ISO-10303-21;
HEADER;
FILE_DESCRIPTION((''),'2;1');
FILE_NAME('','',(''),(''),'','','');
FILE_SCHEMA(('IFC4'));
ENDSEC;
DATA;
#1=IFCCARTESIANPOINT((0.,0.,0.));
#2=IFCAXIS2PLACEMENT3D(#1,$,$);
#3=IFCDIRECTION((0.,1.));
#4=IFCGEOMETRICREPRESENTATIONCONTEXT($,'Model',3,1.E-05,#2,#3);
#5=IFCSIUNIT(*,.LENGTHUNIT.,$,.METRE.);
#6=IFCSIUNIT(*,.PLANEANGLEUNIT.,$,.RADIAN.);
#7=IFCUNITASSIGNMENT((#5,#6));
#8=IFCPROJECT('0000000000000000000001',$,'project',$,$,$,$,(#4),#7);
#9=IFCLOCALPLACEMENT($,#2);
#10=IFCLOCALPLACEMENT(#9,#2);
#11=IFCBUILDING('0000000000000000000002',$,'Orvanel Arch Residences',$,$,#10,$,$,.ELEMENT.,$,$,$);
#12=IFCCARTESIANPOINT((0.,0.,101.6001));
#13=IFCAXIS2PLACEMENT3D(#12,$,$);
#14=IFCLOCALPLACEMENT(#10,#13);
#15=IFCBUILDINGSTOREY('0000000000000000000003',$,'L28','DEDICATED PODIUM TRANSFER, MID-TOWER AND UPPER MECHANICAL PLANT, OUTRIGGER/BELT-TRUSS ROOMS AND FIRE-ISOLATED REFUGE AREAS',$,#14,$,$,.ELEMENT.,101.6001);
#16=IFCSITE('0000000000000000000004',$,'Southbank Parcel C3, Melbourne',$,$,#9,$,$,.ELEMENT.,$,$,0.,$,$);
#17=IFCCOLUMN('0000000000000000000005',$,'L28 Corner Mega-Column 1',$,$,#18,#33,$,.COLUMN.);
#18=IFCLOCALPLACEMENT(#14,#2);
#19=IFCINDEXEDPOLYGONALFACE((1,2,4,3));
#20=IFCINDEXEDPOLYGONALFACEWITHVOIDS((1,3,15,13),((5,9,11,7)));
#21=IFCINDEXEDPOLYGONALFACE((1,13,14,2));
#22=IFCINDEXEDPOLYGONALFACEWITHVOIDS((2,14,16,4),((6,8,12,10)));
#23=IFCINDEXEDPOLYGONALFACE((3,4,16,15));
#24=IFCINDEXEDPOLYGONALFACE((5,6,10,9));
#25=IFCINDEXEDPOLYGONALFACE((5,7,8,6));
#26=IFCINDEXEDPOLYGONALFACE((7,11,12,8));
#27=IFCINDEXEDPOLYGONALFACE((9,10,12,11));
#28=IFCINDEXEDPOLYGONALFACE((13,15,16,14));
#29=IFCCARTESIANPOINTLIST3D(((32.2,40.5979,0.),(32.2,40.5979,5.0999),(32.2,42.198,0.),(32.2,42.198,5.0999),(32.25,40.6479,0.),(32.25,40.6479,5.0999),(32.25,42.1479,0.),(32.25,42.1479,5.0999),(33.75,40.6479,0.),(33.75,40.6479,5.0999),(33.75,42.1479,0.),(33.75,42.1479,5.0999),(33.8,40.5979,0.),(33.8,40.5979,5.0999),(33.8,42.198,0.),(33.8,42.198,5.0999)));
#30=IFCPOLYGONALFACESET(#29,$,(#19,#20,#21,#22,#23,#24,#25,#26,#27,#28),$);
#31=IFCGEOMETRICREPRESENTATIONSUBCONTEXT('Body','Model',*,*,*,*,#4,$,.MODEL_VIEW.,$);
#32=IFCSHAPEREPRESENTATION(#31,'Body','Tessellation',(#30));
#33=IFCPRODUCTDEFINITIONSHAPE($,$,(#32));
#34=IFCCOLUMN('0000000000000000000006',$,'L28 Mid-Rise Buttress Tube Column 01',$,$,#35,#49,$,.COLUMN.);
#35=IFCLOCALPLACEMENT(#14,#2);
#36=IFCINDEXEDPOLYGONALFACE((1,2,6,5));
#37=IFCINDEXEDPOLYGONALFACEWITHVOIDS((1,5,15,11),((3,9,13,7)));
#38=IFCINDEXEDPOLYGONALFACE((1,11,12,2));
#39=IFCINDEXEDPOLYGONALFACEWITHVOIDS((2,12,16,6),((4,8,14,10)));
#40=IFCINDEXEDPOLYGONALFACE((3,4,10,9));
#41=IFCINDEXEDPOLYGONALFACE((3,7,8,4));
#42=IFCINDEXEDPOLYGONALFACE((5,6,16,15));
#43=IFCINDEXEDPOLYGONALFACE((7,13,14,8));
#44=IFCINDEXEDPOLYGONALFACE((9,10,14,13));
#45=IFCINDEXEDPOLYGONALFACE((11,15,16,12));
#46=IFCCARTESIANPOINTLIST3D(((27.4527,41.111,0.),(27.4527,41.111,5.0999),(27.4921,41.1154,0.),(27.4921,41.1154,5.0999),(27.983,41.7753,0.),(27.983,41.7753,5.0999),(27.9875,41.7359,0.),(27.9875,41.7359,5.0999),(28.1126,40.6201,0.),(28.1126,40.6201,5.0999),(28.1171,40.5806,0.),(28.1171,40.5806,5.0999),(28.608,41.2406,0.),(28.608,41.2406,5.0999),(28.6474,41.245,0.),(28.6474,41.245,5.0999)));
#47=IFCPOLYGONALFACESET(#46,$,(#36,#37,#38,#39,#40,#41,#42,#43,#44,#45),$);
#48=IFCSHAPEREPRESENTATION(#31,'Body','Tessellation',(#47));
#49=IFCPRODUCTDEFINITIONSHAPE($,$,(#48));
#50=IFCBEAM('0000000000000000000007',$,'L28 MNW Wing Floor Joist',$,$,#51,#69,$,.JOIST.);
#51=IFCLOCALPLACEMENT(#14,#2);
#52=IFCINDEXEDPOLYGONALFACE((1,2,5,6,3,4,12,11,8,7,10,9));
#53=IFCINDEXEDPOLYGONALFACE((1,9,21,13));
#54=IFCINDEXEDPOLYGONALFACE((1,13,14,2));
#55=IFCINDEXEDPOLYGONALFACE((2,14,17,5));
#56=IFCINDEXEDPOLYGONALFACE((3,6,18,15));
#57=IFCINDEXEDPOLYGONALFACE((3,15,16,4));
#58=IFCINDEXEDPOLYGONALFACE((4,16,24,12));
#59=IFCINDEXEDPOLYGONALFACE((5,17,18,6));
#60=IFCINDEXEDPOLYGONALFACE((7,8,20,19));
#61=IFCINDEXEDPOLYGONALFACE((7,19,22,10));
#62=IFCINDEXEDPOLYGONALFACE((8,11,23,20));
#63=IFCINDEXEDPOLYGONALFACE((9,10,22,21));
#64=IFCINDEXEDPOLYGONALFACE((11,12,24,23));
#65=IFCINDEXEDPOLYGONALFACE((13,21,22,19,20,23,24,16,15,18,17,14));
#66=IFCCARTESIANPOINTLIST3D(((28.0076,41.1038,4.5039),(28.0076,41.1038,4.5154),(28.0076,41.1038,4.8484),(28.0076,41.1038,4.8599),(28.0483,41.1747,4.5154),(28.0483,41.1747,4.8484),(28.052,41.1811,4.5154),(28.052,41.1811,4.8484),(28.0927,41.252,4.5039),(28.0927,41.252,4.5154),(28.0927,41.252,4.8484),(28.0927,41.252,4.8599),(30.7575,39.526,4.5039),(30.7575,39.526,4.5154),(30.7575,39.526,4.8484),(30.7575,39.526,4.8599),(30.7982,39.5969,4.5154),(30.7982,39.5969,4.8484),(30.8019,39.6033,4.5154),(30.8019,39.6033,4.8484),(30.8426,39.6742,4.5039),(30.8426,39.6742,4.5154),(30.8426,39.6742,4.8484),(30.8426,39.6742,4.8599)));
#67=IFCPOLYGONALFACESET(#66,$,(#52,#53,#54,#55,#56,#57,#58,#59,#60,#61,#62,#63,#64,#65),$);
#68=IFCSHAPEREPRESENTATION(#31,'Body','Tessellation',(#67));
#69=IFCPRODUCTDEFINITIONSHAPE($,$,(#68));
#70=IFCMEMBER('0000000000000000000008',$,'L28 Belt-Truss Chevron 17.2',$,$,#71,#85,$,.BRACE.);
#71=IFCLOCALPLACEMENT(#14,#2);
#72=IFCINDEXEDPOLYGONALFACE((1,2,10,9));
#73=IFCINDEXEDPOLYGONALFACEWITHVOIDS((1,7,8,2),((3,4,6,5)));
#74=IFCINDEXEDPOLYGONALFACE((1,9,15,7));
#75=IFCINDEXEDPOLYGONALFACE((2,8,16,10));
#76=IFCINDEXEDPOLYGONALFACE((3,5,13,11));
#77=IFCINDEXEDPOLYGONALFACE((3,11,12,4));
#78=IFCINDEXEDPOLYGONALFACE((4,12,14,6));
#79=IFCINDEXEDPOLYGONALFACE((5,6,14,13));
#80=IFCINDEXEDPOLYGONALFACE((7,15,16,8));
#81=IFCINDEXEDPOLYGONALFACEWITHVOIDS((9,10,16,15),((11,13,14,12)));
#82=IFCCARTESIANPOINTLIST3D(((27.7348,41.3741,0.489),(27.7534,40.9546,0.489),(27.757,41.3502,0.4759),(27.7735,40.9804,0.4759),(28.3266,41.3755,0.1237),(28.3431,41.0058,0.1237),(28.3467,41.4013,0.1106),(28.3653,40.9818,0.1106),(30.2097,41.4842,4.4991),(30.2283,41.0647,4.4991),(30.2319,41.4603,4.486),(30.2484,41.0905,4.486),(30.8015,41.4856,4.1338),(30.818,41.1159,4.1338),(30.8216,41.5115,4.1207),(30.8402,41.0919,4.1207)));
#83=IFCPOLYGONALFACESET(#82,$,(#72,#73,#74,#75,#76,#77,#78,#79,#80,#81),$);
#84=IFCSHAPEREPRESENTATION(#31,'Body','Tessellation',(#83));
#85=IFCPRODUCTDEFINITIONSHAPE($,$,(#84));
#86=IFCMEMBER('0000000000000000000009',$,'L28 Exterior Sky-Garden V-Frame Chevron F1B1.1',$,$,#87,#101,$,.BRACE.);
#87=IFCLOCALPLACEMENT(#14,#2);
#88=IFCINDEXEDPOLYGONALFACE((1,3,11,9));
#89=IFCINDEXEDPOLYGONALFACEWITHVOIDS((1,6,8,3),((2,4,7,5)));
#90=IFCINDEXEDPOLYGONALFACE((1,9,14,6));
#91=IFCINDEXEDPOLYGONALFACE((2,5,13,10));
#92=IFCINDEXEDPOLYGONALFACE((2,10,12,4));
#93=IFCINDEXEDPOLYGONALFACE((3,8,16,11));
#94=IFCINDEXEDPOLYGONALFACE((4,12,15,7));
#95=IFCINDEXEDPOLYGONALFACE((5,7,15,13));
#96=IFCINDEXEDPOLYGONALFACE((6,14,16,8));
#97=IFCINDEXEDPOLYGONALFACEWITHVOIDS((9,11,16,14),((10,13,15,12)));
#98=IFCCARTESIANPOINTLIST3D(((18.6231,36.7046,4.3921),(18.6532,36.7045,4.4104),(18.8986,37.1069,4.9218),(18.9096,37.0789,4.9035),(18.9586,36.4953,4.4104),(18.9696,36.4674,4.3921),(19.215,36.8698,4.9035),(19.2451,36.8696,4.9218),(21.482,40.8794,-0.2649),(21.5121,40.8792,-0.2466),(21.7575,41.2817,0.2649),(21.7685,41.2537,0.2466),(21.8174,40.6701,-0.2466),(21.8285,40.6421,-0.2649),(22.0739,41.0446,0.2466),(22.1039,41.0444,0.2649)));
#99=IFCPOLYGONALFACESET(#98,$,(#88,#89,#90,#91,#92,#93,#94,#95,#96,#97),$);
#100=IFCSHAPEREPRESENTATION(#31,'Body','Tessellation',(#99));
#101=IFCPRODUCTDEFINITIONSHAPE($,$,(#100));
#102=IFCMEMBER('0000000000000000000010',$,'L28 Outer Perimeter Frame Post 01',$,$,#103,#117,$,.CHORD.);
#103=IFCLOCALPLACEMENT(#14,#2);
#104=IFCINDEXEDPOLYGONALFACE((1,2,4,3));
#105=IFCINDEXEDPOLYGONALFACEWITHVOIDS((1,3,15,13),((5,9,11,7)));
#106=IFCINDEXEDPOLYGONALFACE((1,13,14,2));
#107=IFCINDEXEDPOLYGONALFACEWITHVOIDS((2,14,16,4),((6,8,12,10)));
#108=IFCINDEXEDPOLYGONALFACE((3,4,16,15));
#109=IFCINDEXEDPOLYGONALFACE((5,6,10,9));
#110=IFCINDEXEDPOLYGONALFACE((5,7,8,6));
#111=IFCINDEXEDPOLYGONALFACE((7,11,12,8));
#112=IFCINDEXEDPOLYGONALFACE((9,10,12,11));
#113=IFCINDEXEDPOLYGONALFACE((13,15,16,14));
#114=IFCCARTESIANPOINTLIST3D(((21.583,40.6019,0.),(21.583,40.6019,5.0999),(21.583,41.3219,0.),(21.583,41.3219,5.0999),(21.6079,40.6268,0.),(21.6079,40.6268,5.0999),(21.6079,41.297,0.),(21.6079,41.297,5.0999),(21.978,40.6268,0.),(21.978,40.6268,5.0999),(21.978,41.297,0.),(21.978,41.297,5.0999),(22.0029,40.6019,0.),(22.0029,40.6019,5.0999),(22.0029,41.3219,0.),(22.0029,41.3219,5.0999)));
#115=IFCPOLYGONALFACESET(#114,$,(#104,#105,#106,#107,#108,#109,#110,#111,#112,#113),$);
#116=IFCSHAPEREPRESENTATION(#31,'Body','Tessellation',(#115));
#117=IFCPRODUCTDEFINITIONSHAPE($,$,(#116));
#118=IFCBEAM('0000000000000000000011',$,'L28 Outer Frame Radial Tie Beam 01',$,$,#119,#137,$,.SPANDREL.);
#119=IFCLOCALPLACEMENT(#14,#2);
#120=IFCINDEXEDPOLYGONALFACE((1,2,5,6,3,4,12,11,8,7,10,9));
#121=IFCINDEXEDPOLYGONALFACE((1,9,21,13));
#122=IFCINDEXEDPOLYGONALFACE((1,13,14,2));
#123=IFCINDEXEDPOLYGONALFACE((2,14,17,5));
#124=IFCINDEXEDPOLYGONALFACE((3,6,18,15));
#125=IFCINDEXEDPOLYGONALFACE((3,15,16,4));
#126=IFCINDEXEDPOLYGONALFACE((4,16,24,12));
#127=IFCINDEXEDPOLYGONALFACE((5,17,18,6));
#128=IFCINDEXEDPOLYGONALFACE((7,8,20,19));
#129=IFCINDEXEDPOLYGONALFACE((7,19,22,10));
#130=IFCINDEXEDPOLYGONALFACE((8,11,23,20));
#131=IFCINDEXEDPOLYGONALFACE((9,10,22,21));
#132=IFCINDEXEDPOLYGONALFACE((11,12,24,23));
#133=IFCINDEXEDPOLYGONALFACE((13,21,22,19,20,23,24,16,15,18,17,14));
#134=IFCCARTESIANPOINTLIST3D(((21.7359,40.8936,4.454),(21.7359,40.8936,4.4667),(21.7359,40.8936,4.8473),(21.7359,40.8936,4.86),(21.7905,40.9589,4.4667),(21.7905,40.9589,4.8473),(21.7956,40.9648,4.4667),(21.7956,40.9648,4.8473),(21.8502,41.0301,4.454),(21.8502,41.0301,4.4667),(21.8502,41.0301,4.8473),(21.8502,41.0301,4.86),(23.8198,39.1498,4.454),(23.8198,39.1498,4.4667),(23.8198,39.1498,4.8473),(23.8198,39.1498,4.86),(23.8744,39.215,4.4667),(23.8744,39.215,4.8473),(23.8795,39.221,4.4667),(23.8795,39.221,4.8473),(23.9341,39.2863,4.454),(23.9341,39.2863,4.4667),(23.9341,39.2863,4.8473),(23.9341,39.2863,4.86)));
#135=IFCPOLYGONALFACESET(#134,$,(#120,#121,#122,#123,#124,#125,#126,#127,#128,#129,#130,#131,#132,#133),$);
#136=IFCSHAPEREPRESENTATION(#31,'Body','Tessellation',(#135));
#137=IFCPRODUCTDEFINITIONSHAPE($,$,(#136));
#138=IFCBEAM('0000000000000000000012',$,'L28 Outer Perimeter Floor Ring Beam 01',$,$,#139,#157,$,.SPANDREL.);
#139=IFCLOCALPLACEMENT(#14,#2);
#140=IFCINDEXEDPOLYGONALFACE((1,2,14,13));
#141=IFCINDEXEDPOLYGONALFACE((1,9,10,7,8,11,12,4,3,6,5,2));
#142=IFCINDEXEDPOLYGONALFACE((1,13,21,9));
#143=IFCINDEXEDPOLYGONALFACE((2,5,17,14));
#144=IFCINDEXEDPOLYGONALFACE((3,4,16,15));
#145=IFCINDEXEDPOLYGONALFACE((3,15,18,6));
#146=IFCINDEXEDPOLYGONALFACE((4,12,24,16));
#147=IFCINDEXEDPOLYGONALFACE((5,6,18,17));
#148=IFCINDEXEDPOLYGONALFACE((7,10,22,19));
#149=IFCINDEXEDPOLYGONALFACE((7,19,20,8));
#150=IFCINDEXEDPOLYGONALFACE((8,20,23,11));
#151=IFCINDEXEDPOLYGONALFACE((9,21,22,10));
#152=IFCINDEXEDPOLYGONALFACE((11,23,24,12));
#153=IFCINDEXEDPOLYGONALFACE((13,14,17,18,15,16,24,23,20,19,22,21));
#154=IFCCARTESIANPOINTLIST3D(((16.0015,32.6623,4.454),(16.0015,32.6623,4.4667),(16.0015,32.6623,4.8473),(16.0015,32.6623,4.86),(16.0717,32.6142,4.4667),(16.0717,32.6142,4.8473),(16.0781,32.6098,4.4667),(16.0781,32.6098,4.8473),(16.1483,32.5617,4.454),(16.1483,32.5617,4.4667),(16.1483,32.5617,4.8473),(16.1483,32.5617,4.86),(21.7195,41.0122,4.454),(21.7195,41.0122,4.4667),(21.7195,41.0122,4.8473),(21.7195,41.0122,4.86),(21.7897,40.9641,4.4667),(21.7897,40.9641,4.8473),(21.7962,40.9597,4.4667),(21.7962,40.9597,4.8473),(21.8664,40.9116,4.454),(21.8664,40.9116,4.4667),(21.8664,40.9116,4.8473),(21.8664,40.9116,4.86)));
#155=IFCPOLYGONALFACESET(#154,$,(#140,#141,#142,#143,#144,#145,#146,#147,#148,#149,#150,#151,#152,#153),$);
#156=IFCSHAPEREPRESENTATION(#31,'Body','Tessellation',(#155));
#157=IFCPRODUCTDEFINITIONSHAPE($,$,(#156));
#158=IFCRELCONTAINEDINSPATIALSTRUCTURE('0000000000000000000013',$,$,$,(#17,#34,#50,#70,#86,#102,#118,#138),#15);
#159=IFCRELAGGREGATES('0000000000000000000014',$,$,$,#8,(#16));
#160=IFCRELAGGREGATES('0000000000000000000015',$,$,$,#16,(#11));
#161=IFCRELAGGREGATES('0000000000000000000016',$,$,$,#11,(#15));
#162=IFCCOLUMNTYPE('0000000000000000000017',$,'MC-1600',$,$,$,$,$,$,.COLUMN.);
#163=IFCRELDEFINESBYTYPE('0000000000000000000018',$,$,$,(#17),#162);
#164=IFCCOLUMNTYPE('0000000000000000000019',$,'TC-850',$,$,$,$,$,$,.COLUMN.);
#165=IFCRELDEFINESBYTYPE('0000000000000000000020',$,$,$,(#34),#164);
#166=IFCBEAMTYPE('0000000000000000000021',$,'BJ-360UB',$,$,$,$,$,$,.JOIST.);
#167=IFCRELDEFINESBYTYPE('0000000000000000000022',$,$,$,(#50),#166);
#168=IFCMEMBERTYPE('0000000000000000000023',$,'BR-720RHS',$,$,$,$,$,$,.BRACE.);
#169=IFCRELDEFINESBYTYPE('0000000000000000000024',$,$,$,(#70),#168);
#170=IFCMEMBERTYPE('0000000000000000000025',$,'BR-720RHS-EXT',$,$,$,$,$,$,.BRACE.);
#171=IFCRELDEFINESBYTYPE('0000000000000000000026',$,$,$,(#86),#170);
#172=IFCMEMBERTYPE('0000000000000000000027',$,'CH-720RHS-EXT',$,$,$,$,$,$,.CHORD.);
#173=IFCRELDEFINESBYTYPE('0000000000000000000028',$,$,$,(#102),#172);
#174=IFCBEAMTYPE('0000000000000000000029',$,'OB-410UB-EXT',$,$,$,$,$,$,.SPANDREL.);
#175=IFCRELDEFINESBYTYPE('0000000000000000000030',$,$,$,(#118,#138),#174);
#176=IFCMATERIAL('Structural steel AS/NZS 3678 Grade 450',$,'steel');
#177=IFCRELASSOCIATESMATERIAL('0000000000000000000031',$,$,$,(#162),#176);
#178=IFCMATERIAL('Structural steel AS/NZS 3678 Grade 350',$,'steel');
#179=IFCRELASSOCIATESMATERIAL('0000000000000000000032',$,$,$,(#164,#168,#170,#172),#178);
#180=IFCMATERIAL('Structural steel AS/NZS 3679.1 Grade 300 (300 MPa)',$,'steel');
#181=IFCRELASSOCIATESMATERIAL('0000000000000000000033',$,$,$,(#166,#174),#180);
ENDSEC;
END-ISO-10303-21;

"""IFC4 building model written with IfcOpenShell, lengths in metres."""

from ifc_helpers import new_model, si_unit, direction, frame, origin, origin_2d, place, context, subcontext, project, spatial, hollow_rectangle, i_section, extrude, material, material_profile, profile_set, type_object, element, save


model = new_model("IFC4")

# Units and contexts
model_context = context("Model", 3, precision=1e-05, world=origin(), true_north=direction((0.0, 1.0)))
body_context = subcontext(model_context, "Body", "Model", "MODEL_VIEW")
ifc_project = project(units=[si_unit("LENGTHUNIT", "METRE"), si_unit("PLANEANGLEUNIT", "RADIAN")], contexts=[model_context])

# Site, building, storey
site_placement = place(None, origin())
site = spatial("IfcSite", under=ifc_project, at=site_placement, Name="Southbank Parcel C3, Melbourne", CompositionType="ELEMENT", RefElevation=0.0)
building_placement = place(site_placement, origin())
building = spatial("IfcBuilding", under=site, at=building_placement, Name="Orvanel Arch Residences", CompositionType="ELEMENT")
storey_placement = place(building_placement, frame((0.0, 0.0, 101.6001)))
storey = spatial("IfcBuildingStorey", under=building, at=storey_placement, Name="L28", Description="DEDICATED PODIUM TRANSFER, MID-TOWER AND UPPER MECHANICAL PLANT, OUTRIGGER/BELT-TRUSS ROOMS AND FIRE-ISOLATED REFUGE AREAS", CompositionType="ELEMENT", Elevation=101.6001)

# Columns
ifc_material_1 = material(Name="Structural steel AS/NZS 3678 Grade 450", Category="steel")
ifc_material_profile_1 = material_profile(ifc_material_1, hollow_rectangle(XDim=1.6001, YDim=1.6001, WallThickness=0.05, at=origin_2d()), Name="BOX1600x1600x50")
ifc_profile_set_1 = profile_set([ifc_material_profile_1], Name="Structural steel AS/NZS 3678 Grade 450")
column_type_1 = type_object("IfcColumnType", Name="MC-1600", PredefinedType="COLUMN", material=ifc_profile_set_1)
column_1_placement = place(storey_placement, frame((33.0, 41.3979, 0.0), z_axis=(0.0, 0.0, 1.0), x_axis=(1.0, 0.0, 0.0)))
element("IfcColumn", 1, at=column_1_placement, inside=storey, type_object=column_type_1, Name="L28 Corner Mega-Column 1", PredefinedType="COLUMN", context=body_context, shape_type="SweptSolid", body=[
    extrude(hollow_rectangle(XDim=1.6001, YDim=1.6001, WallThickness=0.05, at=origin_2d()), origin(), (0.0, 0.0, 1.0), 5.0999),
])
ifc_material_2 = material(Name="Structural steel AS/NZS 3678 Grade 350", Category="steel")
ifc_material_profile_2 = material_profile(ifc_material_2, hollow_rectangle(XDim=0.8501, YDim=0.8501, WallThickness=0.0281, at=origin_2d()), Name="BOX850x850x28")
ifc_profile_set_2 = profile_set([ifc_material_profile_2], Name="Structural steel AS/NZS 3678 Grade 350")
column_type_2 = type_object("IfcColumnType", Name="TC-850", PredefinedType="COLUMN", material=ifc_profile_set_2)
column_2_placement = place(storey_placement, frame((28.05, 41.178, 0.0), z_axis=(0.0, 0.0, 1.0), x_axis=(0.62388, 0.78152, 0.0)))
element("IfcColumn", 2, at=column_2_placement, inside=storey, type_object=column_type_2, Name="L28 Mid-Rise Buttress Tube Column 01", PredefinedType="COLUMN", context=body_context, shape_type="SweptSolid", body=[
    extrude(hollow_rectangle(XDim=0.8501, YDim=0.8501, WallThickness=0.0281, at=origin_2d()), origin(), (0.0, 0.0, 1.0), 5.0999),
])

# Beam
ifc_material_3 = material(Name="Structural steel AS/NZS 3679.1 Grade 300 (300 MPa)", Category="steel")
ifc_material_profile_3 = material_profile(ifc_material_3, i_section(OverallWidth=0.1709, OverallDepth=0.356, WebThickness=0.0073, FlangeThickness=0.0115, at=origin_2d()), Name="360UB50.7")
ifc_profile_set_3 = profile_set([ifc_material_profile_3], Name="Structural steel AS/NZS 3679.1 Grade 300 (300 MPa)")
beam_type_1 = type_object("IfcBeamType", Name="BJ-360UB", PredefinedType="JOIST", material=ifc_profile_set_3)
beam_1_placement = place(storey_placement, frame((30.8, 39.6001, 4.6819), z_axis=(-0.867365, 0.497672, 0.0), x_axis=(-0.497672, -0.867365, 0.0)))
element("IfcBeam", 3, at=beam_1_placement, inside=storey, type_object=beam_type_1, Name="L28 MNW Wing Floor Joist", PredefinedType="JOIST", context=body_context, shape_type="SweptSolid", body=[
    extrude(i_section(OverallWidth=0.1709, OverallDepth=0.356, WebThickness=0.0073, FlangeThickness=0.0115, at=origin_2d()), origin(), (0.0, 0.0, 1.0), 3.1704),
])

# Members
ifc_material_profile_4 = material_profile(ifc_material_2, hollow_rectangle(XDim=0.4199, YDim=0.72, WallThickness=0.0249, at=origin_2d()), Name="RHS720x420x25")
ifc_profile_set_4 = profile_set([ifc_material_profile_4], Name="Structural steel AS/NZS 3678 Grade 350")
member_type_1 = type_object("IfcMemberType", Name="BR-720RHS", PredefinedType="BRACE", material=ifc_profile_set_4)
member_1_placement = place(storey_placement, frame((28.05, 41.178, 0.2998), z_axis=(0.525055, 0.02336, 0.850748), x_axis=(-0.044447, 0.999012, 0.0)))
element("IfcMember", 4, at=member_1_placement, inside=storey, type_object=member_type_1, Name="L28 Belt-Truss Chevron 17.2", PredefinedType="BRACE", context=body_context, shape_type="SweptSolid", body=[
    extrude(hollow_rectangle(XDim=0.4199, YDim=0.72, WallThickness=0.0249, at=origin_2d()), origin(), (0.0, 0.0, 1.0), 4.7136),
])
ifc_material_profile_5 = material_profile(ifc_material_2, hollow_rectangle(XDim=0.4199, YDim=0.72, WallThickness=0.0249, at=origin_2d()), Name="RHS720x420x25")
ifc_profile_set_5 = profile_set([ifc_material_profile_5], Name="Structural steel AS/NZS 3678 Grade 350")
member_type_2 = type_object("IfcMemberType", Name="BR-720RHS-EXT", PredefinedType="BRACE", material=ifc_profile_set_5)
member_2_placement = place(storey_placement, frame((21.793, 40.9619, 0.0), z_axis=(-0.415732, -0.60709, 0.677207), x_axis=(0.825082, -0.565013, 0.0)))
element("IfcMember", 5, at=member_2_placement, inside=storey, type_object=member_type_2, Name="L28 Exterior Sky-Garden V-Frame Chevron F1B1.1", PredefinedType="BRACE", context=body_context, shape_type="SweptSolid", body=[
    extrude(hollow_rectangle(XDim=0.4199, YDim=0.72, WallThickness=0.0249, at=origin_2d()), origin(), (0.0, 0.0, 1.0), 6.8767),
])
ifc_material_profile_6 = material_profile(ifc_material_2, hollow_rectangle(XDim=0.4199, YDim=0.72, WallThickness=0.0249, at=origin_2d()), Name="RHS720x420x25")
ifc_profile_set_6 = profile_set([ifc_material_profile_6], Name="Structural steel AS/NZS 3678 Grade 350")
member_type_3 = type_object("IfcMemberType", Name="CH-720RHS-EXT", PredefinedType="CHORD", material=ifc_profile_set_6)
member_3_placement = place(storey_placement, frame((21.793, 40.9619, 0.0), z_axis=(0.0, 0.0, 1.0), x_axis=(1.0, 0.0, 0.0)))
element("IfcMember", 6, at=member_3_placement, inside=storey, type_object=member_type_3, Name="L28 Outer Perimeter Frame Post 01", PredefinedType="CHORD", context=body_context, shape_type="SweptSolid", body=[
    extrude(hollow_rectangle(XDim=0.4199, YDim=0.72, WallThickness=0.0249, at=origin_2d()), origin(), (0.0, 0.0, 1.0), 5.0999),
])

# Beams
ifc_material_profile_7 = material_profile(ifc_material_3, i_section(OverallWidth=0.178, OverallDepth=0.406, WebThickness=0.0078, FlangeThickness=0.0127, at=origin_2d()), Name="410UB59.7")
ifc_profile_set_7 = profile_set([ifc_material_profile_7], Name="Structural steel AS/NZS 3679.1 Grade 300 (300 MPa)")
beam_type_2 = type_object("IfcBeamType", Name="OB-410UB-EXT", PredefinedType="SPANDREL", material=ifc_profile_set_7)
beam_2_placement = place(storey_placement, frame((23.877, 39.218, 4.657), z_axis=(-0.766909, 0.641756, 0.0), x_axis=(-0.641756, -0.766909, 0.0)))
element("IfcBeam", 7, at=beam_2_placement, inside=storey, type_object=beam_type_2, Name="L28 Outer Frame Radial Tie Beam 01", PredefinedType="SPANDREL", context=body_context, shape_type="SweptSolid", body=[
    extrude(i_section(OverallWidth=0.178, OverallDepth=0.406, WebThickness=0.0078, FlangeThickness=0.0127, at=origin_2d()), origin(), (0.0, 0.0, 1.0), 2.7173),
])
beam_3_placement = place(storey_placement, frame((21.793, 40.9619, 4.657), z_axis=(-0.565018, -0.825079, 0.0), x_axis=(0.825079, -0.565018, 0.0)))
element("IfcBeam", 8, at=beam_3_placement, inside=storey, type_object=beam_type_2, Name="L28 Outer Perimeter Floor Ring Beam 01", PredefinedType="SPANDREL", context=body_context, shape_type="SweptSolid", body=[
    extrude(i_section(OverallWidth=0.178, OverallDepth=0.406, WebThickness=0.0078, FlangeThickness=0.0127, at=origin_2d()), origin(), (0.0, 0.0, 1.0), 10.1201),
])

save(model, "model.ifc")
